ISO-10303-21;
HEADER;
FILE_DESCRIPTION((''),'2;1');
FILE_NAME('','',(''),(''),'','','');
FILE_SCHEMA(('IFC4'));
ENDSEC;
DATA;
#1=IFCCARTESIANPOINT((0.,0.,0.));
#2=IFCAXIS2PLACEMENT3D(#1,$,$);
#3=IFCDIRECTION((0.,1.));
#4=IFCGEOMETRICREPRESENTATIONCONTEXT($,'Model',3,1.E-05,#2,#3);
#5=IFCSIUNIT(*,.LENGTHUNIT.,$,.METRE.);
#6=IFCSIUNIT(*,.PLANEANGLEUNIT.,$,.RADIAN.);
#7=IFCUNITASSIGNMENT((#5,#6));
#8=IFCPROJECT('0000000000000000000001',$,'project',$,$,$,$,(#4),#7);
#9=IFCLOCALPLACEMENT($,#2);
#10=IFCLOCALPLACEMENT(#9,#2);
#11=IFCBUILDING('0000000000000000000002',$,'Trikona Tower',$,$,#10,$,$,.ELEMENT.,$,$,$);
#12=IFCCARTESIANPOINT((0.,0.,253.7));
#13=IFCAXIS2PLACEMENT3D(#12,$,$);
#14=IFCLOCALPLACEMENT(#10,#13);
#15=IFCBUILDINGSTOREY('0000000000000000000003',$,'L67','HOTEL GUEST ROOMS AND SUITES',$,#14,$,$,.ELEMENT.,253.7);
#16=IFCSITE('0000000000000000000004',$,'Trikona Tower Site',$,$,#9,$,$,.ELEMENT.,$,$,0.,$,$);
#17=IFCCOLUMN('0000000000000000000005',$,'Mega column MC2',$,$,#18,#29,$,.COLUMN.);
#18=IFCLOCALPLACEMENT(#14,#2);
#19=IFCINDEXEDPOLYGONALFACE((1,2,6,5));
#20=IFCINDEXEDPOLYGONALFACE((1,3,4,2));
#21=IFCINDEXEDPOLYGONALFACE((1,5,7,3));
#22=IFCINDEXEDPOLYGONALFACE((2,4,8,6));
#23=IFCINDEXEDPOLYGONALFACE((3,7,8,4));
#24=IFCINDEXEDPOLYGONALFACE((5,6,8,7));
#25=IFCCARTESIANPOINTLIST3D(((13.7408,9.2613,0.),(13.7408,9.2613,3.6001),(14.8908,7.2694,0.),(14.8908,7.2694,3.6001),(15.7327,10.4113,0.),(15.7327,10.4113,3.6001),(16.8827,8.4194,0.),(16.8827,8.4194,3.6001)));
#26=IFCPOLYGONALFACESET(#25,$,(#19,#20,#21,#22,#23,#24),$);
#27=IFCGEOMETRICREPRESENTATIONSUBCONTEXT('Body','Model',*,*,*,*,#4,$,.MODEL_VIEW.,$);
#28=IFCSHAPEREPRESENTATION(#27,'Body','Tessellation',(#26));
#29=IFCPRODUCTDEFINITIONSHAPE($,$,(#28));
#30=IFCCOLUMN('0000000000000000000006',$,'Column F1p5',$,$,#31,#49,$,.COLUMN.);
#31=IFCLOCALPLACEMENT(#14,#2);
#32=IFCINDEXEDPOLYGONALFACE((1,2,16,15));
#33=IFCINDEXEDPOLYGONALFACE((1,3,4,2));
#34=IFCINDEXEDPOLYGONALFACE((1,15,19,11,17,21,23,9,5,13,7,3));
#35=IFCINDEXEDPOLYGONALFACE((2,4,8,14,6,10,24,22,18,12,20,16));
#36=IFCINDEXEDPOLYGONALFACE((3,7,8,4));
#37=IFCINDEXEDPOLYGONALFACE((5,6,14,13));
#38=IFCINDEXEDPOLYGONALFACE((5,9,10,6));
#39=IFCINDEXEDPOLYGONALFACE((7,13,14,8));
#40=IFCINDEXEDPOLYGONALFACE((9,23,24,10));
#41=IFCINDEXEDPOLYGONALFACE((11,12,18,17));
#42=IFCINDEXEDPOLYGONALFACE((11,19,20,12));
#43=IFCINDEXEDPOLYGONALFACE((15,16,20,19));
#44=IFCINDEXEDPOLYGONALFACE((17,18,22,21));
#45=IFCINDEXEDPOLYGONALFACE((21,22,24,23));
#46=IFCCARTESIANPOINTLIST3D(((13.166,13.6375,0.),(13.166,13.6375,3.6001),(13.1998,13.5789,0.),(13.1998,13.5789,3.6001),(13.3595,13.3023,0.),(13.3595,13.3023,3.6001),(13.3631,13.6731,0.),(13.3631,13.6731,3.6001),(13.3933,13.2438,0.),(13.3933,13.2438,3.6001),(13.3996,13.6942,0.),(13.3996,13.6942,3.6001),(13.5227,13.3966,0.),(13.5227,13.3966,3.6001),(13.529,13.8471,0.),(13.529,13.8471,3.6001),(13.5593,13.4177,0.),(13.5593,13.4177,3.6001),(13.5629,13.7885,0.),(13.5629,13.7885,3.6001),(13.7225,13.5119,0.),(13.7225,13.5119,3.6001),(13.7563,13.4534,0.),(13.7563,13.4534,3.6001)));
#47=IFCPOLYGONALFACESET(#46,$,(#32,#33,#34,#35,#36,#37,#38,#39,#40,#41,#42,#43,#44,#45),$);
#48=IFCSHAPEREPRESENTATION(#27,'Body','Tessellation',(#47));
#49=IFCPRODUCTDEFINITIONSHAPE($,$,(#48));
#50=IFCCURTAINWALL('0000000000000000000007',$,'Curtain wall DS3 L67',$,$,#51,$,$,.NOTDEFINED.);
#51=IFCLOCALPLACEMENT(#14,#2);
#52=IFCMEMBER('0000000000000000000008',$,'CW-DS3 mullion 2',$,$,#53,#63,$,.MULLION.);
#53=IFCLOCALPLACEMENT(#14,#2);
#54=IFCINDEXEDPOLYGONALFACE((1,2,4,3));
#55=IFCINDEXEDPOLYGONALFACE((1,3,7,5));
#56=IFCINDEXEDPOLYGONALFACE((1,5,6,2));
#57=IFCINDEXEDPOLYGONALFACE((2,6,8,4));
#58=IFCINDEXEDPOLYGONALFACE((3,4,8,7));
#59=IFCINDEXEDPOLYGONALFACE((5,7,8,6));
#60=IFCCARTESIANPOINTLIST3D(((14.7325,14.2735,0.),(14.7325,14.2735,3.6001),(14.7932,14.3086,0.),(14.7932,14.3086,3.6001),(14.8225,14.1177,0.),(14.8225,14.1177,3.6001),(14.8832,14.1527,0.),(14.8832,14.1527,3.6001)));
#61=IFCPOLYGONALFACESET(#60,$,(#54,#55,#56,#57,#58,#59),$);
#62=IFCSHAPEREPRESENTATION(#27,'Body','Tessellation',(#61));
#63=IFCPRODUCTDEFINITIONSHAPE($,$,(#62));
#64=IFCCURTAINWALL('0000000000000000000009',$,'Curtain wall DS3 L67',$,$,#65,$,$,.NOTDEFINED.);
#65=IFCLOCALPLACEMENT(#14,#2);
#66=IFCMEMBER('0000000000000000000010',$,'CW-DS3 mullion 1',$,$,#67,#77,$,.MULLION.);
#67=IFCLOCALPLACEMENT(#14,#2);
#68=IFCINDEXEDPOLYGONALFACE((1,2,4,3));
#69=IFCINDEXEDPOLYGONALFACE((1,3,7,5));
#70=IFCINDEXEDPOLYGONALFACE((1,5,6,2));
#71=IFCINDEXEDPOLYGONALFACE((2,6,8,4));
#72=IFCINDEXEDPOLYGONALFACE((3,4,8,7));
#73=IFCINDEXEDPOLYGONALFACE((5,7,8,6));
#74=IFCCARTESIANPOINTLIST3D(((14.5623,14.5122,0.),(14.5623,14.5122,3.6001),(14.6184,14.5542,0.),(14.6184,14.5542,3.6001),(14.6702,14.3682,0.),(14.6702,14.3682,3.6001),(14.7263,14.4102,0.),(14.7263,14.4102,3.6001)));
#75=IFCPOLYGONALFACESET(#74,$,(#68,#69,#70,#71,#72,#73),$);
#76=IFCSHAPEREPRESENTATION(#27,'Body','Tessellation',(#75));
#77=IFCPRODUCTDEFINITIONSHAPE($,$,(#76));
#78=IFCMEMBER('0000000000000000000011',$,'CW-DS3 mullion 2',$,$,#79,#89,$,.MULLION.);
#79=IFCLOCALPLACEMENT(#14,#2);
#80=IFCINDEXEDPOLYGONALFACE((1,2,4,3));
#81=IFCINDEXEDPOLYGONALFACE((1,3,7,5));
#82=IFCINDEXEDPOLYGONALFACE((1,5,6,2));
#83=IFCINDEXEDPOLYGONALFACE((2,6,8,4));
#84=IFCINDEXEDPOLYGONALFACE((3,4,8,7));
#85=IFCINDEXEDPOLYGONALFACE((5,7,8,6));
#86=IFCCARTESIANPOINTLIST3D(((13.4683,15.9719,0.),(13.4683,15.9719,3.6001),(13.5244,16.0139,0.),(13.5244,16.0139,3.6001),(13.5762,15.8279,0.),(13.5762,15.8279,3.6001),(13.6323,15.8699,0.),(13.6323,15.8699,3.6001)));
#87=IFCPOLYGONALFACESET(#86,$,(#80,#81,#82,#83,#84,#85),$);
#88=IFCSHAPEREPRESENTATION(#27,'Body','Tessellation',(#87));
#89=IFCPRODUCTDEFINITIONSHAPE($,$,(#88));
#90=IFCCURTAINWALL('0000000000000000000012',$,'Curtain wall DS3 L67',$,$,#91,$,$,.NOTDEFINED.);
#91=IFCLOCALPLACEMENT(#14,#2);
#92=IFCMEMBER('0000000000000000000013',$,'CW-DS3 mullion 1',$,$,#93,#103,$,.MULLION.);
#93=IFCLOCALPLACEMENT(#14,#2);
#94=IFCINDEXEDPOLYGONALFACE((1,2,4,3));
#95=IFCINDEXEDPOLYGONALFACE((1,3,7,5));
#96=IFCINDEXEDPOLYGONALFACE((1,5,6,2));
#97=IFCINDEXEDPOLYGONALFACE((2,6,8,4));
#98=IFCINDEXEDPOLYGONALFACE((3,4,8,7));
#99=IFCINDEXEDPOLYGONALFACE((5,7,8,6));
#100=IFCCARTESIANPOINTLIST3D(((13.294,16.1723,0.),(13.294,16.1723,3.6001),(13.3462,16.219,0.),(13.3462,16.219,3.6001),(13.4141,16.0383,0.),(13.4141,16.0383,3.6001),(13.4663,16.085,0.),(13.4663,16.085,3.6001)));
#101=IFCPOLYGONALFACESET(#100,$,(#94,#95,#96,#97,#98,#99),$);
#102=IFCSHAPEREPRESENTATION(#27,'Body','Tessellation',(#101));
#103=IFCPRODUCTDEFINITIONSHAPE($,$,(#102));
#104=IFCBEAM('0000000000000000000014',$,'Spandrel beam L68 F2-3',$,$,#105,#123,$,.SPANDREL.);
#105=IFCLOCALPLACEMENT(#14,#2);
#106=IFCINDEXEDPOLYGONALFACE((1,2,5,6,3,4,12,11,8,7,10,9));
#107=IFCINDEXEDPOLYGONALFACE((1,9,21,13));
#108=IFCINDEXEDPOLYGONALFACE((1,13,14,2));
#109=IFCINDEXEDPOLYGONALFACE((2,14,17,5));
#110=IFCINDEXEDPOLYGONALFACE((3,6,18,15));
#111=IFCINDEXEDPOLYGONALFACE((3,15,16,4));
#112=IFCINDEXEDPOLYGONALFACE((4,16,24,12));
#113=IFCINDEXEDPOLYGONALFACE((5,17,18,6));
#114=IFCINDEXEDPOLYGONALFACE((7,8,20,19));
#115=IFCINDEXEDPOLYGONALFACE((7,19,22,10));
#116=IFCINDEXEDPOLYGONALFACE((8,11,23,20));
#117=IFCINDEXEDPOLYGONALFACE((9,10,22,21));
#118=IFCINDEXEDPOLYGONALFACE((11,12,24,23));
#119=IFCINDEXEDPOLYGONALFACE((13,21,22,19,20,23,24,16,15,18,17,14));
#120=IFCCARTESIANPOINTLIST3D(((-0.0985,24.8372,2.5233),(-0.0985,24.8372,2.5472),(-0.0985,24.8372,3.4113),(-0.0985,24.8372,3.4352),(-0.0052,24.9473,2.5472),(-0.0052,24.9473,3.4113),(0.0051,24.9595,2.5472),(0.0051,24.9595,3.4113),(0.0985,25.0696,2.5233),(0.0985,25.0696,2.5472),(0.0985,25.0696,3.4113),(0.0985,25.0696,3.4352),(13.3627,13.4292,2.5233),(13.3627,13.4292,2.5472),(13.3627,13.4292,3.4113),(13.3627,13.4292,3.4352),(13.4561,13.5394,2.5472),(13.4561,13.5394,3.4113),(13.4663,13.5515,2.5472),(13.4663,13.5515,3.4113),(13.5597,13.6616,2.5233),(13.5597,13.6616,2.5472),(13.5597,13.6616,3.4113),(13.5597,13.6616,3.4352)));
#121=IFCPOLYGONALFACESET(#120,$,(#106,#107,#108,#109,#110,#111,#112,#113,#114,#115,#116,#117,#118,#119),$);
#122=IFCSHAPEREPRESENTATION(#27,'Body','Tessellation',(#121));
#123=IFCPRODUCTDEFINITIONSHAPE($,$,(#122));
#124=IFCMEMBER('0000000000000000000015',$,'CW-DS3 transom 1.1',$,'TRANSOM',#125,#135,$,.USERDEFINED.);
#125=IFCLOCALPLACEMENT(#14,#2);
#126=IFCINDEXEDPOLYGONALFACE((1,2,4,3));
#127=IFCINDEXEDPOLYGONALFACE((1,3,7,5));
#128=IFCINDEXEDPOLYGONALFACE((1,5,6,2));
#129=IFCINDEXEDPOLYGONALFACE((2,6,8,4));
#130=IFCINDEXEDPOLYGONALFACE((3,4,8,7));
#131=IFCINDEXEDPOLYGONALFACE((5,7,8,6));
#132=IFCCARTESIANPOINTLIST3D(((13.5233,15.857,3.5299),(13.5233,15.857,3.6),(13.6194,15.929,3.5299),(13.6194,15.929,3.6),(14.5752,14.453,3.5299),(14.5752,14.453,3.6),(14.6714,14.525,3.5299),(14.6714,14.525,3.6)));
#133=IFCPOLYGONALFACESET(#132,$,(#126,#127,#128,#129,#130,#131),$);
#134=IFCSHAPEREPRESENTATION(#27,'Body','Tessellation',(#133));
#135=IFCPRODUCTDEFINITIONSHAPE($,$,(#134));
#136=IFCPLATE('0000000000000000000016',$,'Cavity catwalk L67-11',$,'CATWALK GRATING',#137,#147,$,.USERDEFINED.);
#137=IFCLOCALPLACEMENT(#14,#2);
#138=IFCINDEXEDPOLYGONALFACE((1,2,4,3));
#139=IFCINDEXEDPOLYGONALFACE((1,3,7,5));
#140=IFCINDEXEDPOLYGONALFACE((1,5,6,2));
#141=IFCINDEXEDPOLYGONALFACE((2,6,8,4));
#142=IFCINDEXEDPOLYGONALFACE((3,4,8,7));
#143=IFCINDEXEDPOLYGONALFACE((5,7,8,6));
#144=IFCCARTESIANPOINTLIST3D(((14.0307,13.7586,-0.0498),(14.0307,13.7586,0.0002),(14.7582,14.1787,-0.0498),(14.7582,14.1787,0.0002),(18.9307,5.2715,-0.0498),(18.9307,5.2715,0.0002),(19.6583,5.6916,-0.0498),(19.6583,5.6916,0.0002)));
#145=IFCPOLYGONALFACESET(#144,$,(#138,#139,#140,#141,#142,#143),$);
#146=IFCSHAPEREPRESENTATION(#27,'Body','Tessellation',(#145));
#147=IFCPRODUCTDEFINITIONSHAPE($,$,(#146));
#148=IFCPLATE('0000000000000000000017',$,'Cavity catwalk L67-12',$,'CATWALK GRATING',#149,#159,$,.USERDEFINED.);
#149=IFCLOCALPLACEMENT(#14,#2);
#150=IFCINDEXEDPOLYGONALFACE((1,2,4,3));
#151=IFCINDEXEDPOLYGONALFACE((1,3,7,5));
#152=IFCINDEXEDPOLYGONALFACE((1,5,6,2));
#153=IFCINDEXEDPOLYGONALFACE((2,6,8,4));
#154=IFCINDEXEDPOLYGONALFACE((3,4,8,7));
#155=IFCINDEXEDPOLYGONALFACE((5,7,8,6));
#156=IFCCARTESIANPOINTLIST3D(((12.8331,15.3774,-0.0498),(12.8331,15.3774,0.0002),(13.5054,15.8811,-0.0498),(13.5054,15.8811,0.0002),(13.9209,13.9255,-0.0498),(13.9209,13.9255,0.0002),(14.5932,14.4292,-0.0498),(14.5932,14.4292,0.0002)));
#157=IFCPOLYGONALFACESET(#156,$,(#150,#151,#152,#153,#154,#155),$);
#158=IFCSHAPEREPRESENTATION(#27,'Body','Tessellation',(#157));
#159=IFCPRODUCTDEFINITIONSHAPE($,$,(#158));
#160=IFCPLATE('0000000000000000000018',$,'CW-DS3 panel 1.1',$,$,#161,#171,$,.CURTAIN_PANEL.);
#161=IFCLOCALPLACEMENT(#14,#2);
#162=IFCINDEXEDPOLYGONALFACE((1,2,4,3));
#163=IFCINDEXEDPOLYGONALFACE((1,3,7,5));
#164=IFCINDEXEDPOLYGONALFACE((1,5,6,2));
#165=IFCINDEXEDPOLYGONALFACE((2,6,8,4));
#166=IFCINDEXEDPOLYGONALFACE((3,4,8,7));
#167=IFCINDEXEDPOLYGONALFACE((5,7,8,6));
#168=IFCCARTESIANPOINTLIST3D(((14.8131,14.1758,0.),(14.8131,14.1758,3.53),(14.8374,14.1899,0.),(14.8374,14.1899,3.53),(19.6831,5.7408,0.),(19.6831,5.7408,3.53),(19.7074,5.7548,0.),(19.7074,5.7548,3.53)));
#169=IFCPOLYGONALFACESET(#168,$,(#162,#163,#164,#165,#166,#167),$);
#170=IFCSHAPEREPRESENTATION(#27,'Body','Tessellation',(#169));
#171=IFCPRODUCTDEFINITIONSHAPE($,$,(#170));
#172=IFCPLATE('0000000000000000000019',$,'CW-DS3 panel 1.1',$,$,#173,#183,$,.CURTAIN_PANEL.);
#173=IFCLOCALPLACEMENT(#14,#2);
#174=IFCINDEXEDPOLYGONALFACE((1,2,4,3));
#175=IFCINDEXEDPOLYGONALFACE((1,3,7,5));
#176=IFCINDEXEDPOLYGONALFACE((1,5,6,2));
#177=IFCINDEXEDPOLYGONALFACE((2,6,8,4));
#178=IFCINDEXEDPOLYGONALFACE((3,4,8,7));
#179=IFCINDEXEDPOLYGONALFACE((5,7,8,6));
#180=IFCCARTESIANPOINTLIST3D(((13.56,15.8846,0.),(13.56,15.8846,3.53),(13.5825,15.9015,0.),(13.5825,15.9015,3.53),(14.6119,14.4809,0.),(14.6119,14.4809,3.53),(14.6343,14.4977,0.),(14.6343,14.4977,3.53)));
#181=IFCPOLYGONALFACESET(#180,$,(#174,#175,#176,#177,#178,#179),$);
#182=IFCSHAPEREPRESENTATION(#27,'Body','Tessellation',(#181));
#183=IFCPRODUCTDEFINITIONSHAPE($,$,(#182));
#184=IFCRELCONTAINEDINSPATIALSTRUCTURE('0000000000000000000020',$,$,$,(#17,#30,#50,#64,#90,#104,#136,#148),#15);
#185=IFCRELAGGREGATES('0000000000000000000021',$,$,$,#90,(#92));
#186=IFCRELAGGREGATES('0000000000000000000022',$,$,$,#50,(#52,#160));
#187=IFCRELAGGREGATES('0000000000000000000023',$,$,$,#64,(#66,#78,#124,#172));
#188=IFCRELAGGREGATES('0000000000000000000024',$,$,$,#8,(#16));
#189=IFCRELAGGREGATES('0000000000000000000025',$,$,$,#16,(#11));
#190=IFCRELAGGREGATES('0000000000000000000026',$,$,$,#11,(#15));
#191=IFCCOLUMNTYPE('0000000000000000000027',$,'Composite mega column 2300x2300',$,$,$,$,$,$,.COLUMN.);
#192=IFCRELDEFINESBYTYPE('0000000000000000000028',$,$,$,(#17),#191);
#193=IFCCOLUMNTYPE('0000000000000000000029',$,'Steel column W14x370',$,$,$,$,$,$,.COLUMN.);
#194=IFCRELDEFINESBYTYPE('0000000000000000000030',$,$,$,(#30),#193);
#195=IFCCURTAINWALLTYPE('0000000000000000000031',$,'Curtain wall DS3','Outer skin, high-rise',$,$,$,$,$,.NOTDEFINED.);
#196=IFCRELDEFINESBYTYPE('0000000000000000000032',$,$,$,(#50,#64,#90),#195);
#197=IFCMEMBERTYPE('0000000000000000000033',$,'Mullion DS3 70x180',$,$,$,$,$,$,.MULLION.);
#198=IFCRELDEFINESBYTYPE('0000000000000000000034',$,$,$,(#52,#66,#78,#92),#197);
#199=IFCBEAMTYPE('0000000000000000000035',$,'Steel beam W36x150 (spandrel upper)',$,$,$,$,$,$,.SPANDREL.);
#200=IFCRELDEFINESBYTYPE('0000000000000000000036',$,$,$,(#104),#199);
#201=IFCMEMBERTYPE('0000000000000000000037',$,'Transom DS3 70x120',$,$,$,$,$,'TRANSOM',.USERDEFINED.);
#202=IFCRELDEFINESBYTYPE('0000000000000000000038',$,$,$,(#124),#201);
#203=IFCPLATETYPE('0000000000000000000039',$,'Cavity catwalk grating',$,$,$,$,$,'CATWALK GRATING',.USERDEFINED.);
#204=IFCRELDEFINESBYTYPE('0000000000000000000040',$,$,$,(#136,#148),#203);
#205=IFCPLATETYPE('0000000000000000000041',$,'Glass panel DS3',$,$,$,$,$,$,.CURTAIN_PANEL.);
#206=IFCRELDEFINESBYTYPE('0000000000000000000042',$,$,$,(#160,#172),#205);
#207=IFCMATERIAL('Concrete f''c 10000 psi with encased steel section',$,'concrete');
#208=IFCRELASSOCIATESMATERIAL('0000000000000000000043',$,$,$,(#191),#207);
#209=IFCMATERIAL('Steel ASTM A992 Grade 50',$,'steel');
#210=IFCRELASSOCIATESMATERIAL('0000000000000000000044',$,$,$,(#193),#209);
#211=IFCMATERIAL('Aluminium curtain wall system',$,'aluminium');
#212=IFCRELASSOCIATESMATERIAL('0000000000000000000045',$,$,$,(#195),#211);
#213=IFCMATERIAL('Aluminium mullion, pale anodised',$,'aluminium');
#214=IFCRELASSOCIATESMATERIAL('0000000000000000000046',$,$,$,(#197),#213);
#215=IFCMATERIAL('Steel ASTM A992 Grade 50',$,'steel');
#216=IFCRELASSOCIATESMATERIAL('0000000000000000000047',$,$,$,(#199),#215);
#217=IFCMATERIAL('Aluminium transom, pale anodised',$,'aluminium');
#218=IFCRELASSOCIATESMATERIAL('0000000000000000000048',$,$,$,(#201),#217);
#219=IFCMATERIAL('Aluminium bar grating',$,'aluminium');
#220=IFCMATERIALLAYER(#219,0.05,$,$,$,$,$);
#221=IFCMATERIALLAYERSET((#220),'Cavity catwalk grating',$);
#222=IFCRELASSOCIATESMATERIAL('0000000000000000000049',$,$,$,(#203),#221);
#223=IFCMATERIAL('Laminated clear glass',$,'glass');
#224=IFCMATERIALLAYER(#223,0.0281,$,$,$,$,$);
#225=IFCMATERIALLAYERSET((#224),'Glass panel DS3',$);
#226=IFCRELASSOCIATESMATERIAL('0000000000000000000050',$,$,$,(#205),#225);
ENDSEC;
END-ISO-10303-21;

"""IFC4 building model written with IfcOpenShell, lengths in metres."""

from ifc_helpers import new_model, si_unit, direction, frame, origin, origin_2d, place, context, subcontext, project, spatial, rectangle, i_section, extrude, material, layer, layer_set, material_profile, profile_set, type_object, element, aggregate, save


model = new_model("IFC4")

# Units and contexts
model_context = context("Model", 3, precision=1e-05, world=origin(), true_north=direction((0.0, 1.0)))
body_context = subcontext(model_context, "Body", "Model", "MODEL_VIEW")
ifc_project = project(units=[si_unit("LENGTHUNIT", "METRE"), si_unit("PLANEANGLEUNIT", "RADIAN")], contexts=[model_context])

# Site, building, storey
site_placement = place(None, origin())
site = spatial("IfcSite", under=ifc_project, at=site_placement, Name="Trikona Tower Site", CompositionType="ELEMENT", RefElevation=0.0)
building_placement = place(site_placement, origin())
building = spatial("IfcBuilding", under=site, at=building_placement, Name="Trikona Tower", CompositionType="ELEMENT")
storey_placement = place(building_placement, frame((0.0, 0.0, 253.7)))
storey = spatial("IfcBuildingStorey", under=building, at=storey_placement, Name="L67", Description="HOTEL GUEST ROOMS AND SUITES", CompositionType="ELEMENT", Elevation=253.7)

# Columns
ifc_material_1 = material(Name="Concrete f'c 10000 psi with encased steel section", Category="concrete")
ifc_material_profile_1 = material_profile(ifc_material_1, rectangle(XDim=2.3, YDim=2.3, at=origin_2d()), Name="MC2300")
ifc_profile_set_1 = profile_set([ifc_material_profile_1], Name="Concrete f'c 10000 psi with encased steel section")
column_type_1 = type_object("IfcColumnType", Name="Composite mega column 2300x2300", PredefinedType="COLUMN", material=ifc_profile_set_1)
column_1_placement = place(storey_placement, frame((15.3118, 8.8403, 0.0), z_axis=(0.0, 0.0, 1.0), x_axis=(0.866025, 0.5, 0.0)))
element("IfcColumn", 1, at=column_1_placement, inside=storey, type_object=column_type_1, Name="Mega column MC2", PredefinedType="COLUMN", context=body_context, shape_type="SweptSolid", body=[
    extrude(rectangle(XDim=2.3, YDim=2.3, at=origin_2d()), origin(), (0.0, 0.0, 1.0), 3.6001),
])
ifc_material_2 = material(Name="Steel ASTM A992 Grade 50", Category="steel")
ifc_material_profile_2 = material_profile(ifc_material_2, i_section(OverallWidth=0.4192, OverallDepth=0.4546, WebThickness=0.0422, FlangeThickness=0.0676, at=origin_2d()), Name="W14X370")
ifc_profile_set_2 = profile_set([ifc_material_profile_2], Name="Steel ASTM A992 Grade 50")
column_type_2 = type_object("IfcColumnType", Name="Steel column W14x370", PredefinedType="COLUMN", material=ifc_profile_set_2)
column_2_placement = place(storey_placement, frame((13.4612, 13.5454, 0.0), z_axis=(0.0, 0.0, 1.0), x_axis=(0.866025, 0.5, 0.0)))
element("IfcColumn", 2, at=column_2_placement, inside=storey, type_object=column_type_2, Name="Column F1p5", PredefinedType="COLUMN", context=body_context, shape_type="SweptSolid", body=[
    extrude(i_section(OverallWidth=0.4192, OverallDepth=0.4546, WebThickness=0.0422, FlangeThickness=0.0676, at=origin_2d()), origin(), (0.0, 0.0, 1.0), 3.6001),
])

# Curtain wall, member
ifc_material_3 = material(Name="Aluminium curtain wall system", Category="aluminium")
curtain_wall_type = type_object("IfcCurtainWallType", Name="Curtain wall DS3", Description="Outer skin, high-rise", PredefinedType="NOTDEFINED", material=ifc_material_3)
curtain_wall_1_placement = place(storey_placement, origin())
curtain_wall_1 = element("IfcCurtainWall", 3, at=curtain_wall_1_placement, inside=storey, type_object=curtain_wall_type, Name="Curtain wall DS3 L67", PredefinedType="NOTDEFINED")
ifc_material_4 = material(Name="Aluminium mullion, pale anodised", Category="aluminium")
ifc_material_profile_3 = material_profile(ifc_material_4, rectangle(XDim=0.0701, YDim=0.1799, at=origin_2d()), Name="MUL-DS3")
ifc_profile_set_3 = profile_set([ifc_material_profile_3], Name="Aluminium mullion, pale anodised")
member_type_1 = type_object("IfcMemberType", Name="Mullion DS3 70x180", PredefinedType="MULLION", material=ifc_profile_set_3)
member_1_placement = place(storey_placement, frame((14.8079, 14.2131, 0.0), z_axis=(0.0, 0.0, 1.0), x_axis=(-0.866025, -0.500001, 0.0)))
member_1 = element("IfcMember", 4, at=member_1_placement, type_object=member_type_1, Name="CW-DS3 mullion 2", PredefinedType="MULLION", context=body_context, shape_type="SweptSolid", body=[
    extrude(rectangle(XDim=0.0701, YDim=0.1799, at=origin_2d()), origin(), (0.0, 0.0, 1.0), 3.6001),
])

# Curtain wall, members
curtain_wall_2_placement = place(storey_placement, origin())
curtain_wall_2 = element("IfcCurtainWall", 5, at=curtain_wall_2_placement, inside=storey, type_object=curtain_wall_type, Name="Curtain wall DS3 L67", PredefinedType="NOTDEFINED")
member_2_placement = place(storey_placement, frame((14.6443, 14.4612, 0.0), z_axis=(0.0, 0.0, 1.0), x_axis=(-0.80026, -0.599654, 0.0)))
member_2 = element("IfcMember", 6, at=member_2_placement, type_object=member_type_1, Name="CW-DS3 mullion 1", PredefinedType="MULLION", context=body_context, shape_type="SweptSolid", body=[
    extrude(rectangle(XDim=0.0701, YDim=0.1799, at=origin_2d()), origin(), (0.0, 0.0, 1.0), 3.6001),
])
member_3_placement = place(storey_placement, frame((13.5503, 15.9209, 0.0), z_axis=(0.0, 0.0, 1.0), x_axis=(-0.80026, -0.599654, 0.0)))
member_3 = element("IfcMember", 7, at=member_3_placement, type_object=member_type_1, Name="CW-DS3 mullion 2", PredefinedType="MULLION", context=body_context, shape_type="SweptSolid", body=[
    extrude(rectangle(XDim=0.0701, YDim=0.1799, at=origin_2d()), origin(), (0.0, 0.0, 1.0), 3.6001),
])

# Curtain wall, member
curtain_wall_3_placement = place(storey_placement, origin())
curtain_wall_3 = element("IfcCurtainWall", 8, at=curtain_wall_3_placement, inside=storey, type_object=curtain_wall_type, Name="Curtain wall DS3 L67", PredefinedType="NOTDEFINED")
member_4_placement = place(storey_placement, frame((13.3801, 16.1287, 0.0), z_axis=(0.0, 0.0, 1.0), x_axis=(-0.744771, -0.66732, 0.0)))
member_4 = element("IfcMember", 9, at=member_4_placement, type_object=member_type_1, Name="CW-DS3 mullion 1", PredefinedType="MULLION", context=body_context, shape_type="SweptSolid", body=[
    extrude(rectangle(XDim=0.0701, YDim=0.1799, at=origin_2d()), origin(), (0.0, 0.0, 1.0), 3.6001),
])
aggregate(curtain_wall_3, [member_4])

# Beam
ifc_material_5 = material(Name="Steel ASTM A992 Grade 50", Category="steel")
ifc_material_profile_4 = material_profile(ifc_material_5, i_section(OverallWidth=0.3047, OverallDepth=0.9119, WebThickness=0.0159, FlangeThickness=0.0239, at=origin_2d()), Name="W36X150")
ifc_profile_set_4 = profile_set([ifc_material_profile_4], Name="Steel ASTM A992 Grade 50")
beam_type = type_object("IfcBeamType", Name="Steel beam W36x150 (spandrel upper)", PredefinedType="SPANDREL", material=ifc_profile_set_4)
beam_placement = place(storey_placement, frame((13.4612, 13.5454, 2.9792), z_axis=(-0.762891, 0.646528, 0.0), x_axis=(-0.646528, -0.762891, 0.0)))
element("IfcBeam", 10, at=beam_placement, inside=storey, type_object=beam_type, Name="Spandrel beam L68 F2-3", PredefinedType="SPANDREL", context=body_context, shape_type="SweptSolid", body=[
    extrude(i_section(OverallWidth=0.3047, OverallDepth=0.9119, WebThickness=0.0159, FlangeThickness=0.0239, at=origin_2d()), origin(), (0.0, 0.0, 1.0), 17.645),
])

# Member
ifc_material_6 = material(Name="Aluminium transom, pale anodised", Category="aluminium")
ifc_material_profile_5 = material_profile(ifc_material_6, rectangle(XDim=0.1201, YDim=0.0701, at=origin_2d()), Name="TRN-DS3")
ifc_profile_set_5 = profile_set([ifc_material_profile_5], Name="Aluminium transom, pale anodised")
member_type_2 = type_object("IfcMemberType", Name="Transom DS3 70x120", ElementType="TRANSOM", PredefinedType="USERDEFINED", material=ifc_profile_set_5)
member_5_placement = place(storey_placement, frame((14.6233, 14.489, 3.5649), z_axis=(-0.599621, 0.800284, 0.0), x_axis=(-0.800284, -0.599621, 0.0)))
member_5 = element("IfcMember", 11, at=member_5_placement, type_object=member_type_2, Name="CW-DS3 transom 1.1", ObjectType="TRANSOM", PredefinedType="USERDEFINED", context=body_context, shape_type="SweptSolid", body=[
    extrude(rectangle(XDim=0.1201, YDim=0.0701, at=origin_2d()), origin(), (0.0, 0.0, 1.0), 1.7544),
])

# Plates
ifc_material_7 = material(Name="Aluminium bar grating", Category="aluminium")
ifc_layer_1 = layer(ifc_material_7, 0.05)
ifc_layer_set_1 = layer_set([ifc_layer_1], Name="Cavity catwalk grating")
plate_type_1 = type_object("IfcPlateType", Name="Cavity catwalk grating", ElementType="CATWALK GRATING", PredefinedType="USERDEFINED", material=ifc_layer_set_1)
plate_1_placement = place(storey_placement, frame((16.8445, 9.7251, -0.0498), z_axis=(0.0, 0.0, 1.0), x_axis=(-0.499998, 0.866026, 0.0)))
element("IfcPlate", 12, at=plate_1_placement, inside=storey, type_object=plate_type_1, Name="Cavity catwalk L67-11", ObjectType="CATWALK GRATING", PredefinedType="USERDEFINED", context=body_context, shape_type="SweptSolid", body=[
    extrude(rectangle(XDim=9.8, YDim=0.8401, at=origin_2d()), origin(), (0.0, 0.0, 1.0), 0.05),
])
plate_2_placement = place(storey_placement, frame((13.7131, 14.9033, -0.0498), z_axis=(0.0, 0.0, 1.0), x_axis=(-0.599619, 0.800286, 0.0)))
element("IfcPlate", 13, at=plate_2_placement, inside=storey, type_object=plate_type_1, Name="Cavity catwalk L67-12", ObjectType="CATWALK GRATING", PredefinedType="USERDEFINED", context=body_context, shape_type="SweptSolid", body=[
    extrude(rectangle(XDim=1.8142, YDim=0.8401, at=origin_2d()), origin(), (0.0, 0.0, 1.0), 0.05),
])

# Plates
ifc_material_8 = material(Name="Laminated clear glass", Category="glass")
ifc_layer_2 = layer(ifc_material_8, 0.0281)
ifc_layer_set_2 = layer_set([ifc_layer_2], Name="Glass panel DS3")
plate_type_2 = type_object("IfcPlateType", Name="Glass panel DS3", PredefinedType="CURTAIN_PANEL", material=ifc_layer_set_2)
plate_3_placement = place(storey_placement, frame((17.2603, 9.9653, 0.0), z_axis=(0.0, 0.0, 1.0), x_axis=(-0.500001, 0.866025, 0.0)))
plate_3 = element("IfcPlate", 14, at=plate_3_placement, type_object=plate_type_2, Name="CW-DS3 panel 1.1", PredefinedType="CURTAIN_PANEL", context=body_context, shape_type="SweptSolid", body=[
    extrude(rectangle(XDim=9.74, YDim=0.0281, at=origin_2d()), origin(), (0.0, 0.0, 1.0), 3.53),
])
aggregate(curtain_wall_1, [member_1, plate_3])
plate_4_placement = place(storey_placement, frame((14.0972, 15.1912, 0.0), z_axis=(0.0, 0.0, 1.0), x_axis=(-0.599654, 0.80026, 0.0)))
plate_4 = element("IfcPlate", 15, at=plate_4_placement, type_object=plate_type_2, Name="CW-DS3 panel 1.1", PredefinedType="CURTAIN_PANEL", context=body_context, shape_type="SweptSolid", body=[
    extrude(rectangle(XDim=1.7542, YDim=0.0281, at=origin_2d()), origin(), (0.0, 0.0, 1.0), 3.53),
])
aggregate(curtain_wall_2, [member_2, member_3, member_5, plate_4])

save(model, "model.ifc")
